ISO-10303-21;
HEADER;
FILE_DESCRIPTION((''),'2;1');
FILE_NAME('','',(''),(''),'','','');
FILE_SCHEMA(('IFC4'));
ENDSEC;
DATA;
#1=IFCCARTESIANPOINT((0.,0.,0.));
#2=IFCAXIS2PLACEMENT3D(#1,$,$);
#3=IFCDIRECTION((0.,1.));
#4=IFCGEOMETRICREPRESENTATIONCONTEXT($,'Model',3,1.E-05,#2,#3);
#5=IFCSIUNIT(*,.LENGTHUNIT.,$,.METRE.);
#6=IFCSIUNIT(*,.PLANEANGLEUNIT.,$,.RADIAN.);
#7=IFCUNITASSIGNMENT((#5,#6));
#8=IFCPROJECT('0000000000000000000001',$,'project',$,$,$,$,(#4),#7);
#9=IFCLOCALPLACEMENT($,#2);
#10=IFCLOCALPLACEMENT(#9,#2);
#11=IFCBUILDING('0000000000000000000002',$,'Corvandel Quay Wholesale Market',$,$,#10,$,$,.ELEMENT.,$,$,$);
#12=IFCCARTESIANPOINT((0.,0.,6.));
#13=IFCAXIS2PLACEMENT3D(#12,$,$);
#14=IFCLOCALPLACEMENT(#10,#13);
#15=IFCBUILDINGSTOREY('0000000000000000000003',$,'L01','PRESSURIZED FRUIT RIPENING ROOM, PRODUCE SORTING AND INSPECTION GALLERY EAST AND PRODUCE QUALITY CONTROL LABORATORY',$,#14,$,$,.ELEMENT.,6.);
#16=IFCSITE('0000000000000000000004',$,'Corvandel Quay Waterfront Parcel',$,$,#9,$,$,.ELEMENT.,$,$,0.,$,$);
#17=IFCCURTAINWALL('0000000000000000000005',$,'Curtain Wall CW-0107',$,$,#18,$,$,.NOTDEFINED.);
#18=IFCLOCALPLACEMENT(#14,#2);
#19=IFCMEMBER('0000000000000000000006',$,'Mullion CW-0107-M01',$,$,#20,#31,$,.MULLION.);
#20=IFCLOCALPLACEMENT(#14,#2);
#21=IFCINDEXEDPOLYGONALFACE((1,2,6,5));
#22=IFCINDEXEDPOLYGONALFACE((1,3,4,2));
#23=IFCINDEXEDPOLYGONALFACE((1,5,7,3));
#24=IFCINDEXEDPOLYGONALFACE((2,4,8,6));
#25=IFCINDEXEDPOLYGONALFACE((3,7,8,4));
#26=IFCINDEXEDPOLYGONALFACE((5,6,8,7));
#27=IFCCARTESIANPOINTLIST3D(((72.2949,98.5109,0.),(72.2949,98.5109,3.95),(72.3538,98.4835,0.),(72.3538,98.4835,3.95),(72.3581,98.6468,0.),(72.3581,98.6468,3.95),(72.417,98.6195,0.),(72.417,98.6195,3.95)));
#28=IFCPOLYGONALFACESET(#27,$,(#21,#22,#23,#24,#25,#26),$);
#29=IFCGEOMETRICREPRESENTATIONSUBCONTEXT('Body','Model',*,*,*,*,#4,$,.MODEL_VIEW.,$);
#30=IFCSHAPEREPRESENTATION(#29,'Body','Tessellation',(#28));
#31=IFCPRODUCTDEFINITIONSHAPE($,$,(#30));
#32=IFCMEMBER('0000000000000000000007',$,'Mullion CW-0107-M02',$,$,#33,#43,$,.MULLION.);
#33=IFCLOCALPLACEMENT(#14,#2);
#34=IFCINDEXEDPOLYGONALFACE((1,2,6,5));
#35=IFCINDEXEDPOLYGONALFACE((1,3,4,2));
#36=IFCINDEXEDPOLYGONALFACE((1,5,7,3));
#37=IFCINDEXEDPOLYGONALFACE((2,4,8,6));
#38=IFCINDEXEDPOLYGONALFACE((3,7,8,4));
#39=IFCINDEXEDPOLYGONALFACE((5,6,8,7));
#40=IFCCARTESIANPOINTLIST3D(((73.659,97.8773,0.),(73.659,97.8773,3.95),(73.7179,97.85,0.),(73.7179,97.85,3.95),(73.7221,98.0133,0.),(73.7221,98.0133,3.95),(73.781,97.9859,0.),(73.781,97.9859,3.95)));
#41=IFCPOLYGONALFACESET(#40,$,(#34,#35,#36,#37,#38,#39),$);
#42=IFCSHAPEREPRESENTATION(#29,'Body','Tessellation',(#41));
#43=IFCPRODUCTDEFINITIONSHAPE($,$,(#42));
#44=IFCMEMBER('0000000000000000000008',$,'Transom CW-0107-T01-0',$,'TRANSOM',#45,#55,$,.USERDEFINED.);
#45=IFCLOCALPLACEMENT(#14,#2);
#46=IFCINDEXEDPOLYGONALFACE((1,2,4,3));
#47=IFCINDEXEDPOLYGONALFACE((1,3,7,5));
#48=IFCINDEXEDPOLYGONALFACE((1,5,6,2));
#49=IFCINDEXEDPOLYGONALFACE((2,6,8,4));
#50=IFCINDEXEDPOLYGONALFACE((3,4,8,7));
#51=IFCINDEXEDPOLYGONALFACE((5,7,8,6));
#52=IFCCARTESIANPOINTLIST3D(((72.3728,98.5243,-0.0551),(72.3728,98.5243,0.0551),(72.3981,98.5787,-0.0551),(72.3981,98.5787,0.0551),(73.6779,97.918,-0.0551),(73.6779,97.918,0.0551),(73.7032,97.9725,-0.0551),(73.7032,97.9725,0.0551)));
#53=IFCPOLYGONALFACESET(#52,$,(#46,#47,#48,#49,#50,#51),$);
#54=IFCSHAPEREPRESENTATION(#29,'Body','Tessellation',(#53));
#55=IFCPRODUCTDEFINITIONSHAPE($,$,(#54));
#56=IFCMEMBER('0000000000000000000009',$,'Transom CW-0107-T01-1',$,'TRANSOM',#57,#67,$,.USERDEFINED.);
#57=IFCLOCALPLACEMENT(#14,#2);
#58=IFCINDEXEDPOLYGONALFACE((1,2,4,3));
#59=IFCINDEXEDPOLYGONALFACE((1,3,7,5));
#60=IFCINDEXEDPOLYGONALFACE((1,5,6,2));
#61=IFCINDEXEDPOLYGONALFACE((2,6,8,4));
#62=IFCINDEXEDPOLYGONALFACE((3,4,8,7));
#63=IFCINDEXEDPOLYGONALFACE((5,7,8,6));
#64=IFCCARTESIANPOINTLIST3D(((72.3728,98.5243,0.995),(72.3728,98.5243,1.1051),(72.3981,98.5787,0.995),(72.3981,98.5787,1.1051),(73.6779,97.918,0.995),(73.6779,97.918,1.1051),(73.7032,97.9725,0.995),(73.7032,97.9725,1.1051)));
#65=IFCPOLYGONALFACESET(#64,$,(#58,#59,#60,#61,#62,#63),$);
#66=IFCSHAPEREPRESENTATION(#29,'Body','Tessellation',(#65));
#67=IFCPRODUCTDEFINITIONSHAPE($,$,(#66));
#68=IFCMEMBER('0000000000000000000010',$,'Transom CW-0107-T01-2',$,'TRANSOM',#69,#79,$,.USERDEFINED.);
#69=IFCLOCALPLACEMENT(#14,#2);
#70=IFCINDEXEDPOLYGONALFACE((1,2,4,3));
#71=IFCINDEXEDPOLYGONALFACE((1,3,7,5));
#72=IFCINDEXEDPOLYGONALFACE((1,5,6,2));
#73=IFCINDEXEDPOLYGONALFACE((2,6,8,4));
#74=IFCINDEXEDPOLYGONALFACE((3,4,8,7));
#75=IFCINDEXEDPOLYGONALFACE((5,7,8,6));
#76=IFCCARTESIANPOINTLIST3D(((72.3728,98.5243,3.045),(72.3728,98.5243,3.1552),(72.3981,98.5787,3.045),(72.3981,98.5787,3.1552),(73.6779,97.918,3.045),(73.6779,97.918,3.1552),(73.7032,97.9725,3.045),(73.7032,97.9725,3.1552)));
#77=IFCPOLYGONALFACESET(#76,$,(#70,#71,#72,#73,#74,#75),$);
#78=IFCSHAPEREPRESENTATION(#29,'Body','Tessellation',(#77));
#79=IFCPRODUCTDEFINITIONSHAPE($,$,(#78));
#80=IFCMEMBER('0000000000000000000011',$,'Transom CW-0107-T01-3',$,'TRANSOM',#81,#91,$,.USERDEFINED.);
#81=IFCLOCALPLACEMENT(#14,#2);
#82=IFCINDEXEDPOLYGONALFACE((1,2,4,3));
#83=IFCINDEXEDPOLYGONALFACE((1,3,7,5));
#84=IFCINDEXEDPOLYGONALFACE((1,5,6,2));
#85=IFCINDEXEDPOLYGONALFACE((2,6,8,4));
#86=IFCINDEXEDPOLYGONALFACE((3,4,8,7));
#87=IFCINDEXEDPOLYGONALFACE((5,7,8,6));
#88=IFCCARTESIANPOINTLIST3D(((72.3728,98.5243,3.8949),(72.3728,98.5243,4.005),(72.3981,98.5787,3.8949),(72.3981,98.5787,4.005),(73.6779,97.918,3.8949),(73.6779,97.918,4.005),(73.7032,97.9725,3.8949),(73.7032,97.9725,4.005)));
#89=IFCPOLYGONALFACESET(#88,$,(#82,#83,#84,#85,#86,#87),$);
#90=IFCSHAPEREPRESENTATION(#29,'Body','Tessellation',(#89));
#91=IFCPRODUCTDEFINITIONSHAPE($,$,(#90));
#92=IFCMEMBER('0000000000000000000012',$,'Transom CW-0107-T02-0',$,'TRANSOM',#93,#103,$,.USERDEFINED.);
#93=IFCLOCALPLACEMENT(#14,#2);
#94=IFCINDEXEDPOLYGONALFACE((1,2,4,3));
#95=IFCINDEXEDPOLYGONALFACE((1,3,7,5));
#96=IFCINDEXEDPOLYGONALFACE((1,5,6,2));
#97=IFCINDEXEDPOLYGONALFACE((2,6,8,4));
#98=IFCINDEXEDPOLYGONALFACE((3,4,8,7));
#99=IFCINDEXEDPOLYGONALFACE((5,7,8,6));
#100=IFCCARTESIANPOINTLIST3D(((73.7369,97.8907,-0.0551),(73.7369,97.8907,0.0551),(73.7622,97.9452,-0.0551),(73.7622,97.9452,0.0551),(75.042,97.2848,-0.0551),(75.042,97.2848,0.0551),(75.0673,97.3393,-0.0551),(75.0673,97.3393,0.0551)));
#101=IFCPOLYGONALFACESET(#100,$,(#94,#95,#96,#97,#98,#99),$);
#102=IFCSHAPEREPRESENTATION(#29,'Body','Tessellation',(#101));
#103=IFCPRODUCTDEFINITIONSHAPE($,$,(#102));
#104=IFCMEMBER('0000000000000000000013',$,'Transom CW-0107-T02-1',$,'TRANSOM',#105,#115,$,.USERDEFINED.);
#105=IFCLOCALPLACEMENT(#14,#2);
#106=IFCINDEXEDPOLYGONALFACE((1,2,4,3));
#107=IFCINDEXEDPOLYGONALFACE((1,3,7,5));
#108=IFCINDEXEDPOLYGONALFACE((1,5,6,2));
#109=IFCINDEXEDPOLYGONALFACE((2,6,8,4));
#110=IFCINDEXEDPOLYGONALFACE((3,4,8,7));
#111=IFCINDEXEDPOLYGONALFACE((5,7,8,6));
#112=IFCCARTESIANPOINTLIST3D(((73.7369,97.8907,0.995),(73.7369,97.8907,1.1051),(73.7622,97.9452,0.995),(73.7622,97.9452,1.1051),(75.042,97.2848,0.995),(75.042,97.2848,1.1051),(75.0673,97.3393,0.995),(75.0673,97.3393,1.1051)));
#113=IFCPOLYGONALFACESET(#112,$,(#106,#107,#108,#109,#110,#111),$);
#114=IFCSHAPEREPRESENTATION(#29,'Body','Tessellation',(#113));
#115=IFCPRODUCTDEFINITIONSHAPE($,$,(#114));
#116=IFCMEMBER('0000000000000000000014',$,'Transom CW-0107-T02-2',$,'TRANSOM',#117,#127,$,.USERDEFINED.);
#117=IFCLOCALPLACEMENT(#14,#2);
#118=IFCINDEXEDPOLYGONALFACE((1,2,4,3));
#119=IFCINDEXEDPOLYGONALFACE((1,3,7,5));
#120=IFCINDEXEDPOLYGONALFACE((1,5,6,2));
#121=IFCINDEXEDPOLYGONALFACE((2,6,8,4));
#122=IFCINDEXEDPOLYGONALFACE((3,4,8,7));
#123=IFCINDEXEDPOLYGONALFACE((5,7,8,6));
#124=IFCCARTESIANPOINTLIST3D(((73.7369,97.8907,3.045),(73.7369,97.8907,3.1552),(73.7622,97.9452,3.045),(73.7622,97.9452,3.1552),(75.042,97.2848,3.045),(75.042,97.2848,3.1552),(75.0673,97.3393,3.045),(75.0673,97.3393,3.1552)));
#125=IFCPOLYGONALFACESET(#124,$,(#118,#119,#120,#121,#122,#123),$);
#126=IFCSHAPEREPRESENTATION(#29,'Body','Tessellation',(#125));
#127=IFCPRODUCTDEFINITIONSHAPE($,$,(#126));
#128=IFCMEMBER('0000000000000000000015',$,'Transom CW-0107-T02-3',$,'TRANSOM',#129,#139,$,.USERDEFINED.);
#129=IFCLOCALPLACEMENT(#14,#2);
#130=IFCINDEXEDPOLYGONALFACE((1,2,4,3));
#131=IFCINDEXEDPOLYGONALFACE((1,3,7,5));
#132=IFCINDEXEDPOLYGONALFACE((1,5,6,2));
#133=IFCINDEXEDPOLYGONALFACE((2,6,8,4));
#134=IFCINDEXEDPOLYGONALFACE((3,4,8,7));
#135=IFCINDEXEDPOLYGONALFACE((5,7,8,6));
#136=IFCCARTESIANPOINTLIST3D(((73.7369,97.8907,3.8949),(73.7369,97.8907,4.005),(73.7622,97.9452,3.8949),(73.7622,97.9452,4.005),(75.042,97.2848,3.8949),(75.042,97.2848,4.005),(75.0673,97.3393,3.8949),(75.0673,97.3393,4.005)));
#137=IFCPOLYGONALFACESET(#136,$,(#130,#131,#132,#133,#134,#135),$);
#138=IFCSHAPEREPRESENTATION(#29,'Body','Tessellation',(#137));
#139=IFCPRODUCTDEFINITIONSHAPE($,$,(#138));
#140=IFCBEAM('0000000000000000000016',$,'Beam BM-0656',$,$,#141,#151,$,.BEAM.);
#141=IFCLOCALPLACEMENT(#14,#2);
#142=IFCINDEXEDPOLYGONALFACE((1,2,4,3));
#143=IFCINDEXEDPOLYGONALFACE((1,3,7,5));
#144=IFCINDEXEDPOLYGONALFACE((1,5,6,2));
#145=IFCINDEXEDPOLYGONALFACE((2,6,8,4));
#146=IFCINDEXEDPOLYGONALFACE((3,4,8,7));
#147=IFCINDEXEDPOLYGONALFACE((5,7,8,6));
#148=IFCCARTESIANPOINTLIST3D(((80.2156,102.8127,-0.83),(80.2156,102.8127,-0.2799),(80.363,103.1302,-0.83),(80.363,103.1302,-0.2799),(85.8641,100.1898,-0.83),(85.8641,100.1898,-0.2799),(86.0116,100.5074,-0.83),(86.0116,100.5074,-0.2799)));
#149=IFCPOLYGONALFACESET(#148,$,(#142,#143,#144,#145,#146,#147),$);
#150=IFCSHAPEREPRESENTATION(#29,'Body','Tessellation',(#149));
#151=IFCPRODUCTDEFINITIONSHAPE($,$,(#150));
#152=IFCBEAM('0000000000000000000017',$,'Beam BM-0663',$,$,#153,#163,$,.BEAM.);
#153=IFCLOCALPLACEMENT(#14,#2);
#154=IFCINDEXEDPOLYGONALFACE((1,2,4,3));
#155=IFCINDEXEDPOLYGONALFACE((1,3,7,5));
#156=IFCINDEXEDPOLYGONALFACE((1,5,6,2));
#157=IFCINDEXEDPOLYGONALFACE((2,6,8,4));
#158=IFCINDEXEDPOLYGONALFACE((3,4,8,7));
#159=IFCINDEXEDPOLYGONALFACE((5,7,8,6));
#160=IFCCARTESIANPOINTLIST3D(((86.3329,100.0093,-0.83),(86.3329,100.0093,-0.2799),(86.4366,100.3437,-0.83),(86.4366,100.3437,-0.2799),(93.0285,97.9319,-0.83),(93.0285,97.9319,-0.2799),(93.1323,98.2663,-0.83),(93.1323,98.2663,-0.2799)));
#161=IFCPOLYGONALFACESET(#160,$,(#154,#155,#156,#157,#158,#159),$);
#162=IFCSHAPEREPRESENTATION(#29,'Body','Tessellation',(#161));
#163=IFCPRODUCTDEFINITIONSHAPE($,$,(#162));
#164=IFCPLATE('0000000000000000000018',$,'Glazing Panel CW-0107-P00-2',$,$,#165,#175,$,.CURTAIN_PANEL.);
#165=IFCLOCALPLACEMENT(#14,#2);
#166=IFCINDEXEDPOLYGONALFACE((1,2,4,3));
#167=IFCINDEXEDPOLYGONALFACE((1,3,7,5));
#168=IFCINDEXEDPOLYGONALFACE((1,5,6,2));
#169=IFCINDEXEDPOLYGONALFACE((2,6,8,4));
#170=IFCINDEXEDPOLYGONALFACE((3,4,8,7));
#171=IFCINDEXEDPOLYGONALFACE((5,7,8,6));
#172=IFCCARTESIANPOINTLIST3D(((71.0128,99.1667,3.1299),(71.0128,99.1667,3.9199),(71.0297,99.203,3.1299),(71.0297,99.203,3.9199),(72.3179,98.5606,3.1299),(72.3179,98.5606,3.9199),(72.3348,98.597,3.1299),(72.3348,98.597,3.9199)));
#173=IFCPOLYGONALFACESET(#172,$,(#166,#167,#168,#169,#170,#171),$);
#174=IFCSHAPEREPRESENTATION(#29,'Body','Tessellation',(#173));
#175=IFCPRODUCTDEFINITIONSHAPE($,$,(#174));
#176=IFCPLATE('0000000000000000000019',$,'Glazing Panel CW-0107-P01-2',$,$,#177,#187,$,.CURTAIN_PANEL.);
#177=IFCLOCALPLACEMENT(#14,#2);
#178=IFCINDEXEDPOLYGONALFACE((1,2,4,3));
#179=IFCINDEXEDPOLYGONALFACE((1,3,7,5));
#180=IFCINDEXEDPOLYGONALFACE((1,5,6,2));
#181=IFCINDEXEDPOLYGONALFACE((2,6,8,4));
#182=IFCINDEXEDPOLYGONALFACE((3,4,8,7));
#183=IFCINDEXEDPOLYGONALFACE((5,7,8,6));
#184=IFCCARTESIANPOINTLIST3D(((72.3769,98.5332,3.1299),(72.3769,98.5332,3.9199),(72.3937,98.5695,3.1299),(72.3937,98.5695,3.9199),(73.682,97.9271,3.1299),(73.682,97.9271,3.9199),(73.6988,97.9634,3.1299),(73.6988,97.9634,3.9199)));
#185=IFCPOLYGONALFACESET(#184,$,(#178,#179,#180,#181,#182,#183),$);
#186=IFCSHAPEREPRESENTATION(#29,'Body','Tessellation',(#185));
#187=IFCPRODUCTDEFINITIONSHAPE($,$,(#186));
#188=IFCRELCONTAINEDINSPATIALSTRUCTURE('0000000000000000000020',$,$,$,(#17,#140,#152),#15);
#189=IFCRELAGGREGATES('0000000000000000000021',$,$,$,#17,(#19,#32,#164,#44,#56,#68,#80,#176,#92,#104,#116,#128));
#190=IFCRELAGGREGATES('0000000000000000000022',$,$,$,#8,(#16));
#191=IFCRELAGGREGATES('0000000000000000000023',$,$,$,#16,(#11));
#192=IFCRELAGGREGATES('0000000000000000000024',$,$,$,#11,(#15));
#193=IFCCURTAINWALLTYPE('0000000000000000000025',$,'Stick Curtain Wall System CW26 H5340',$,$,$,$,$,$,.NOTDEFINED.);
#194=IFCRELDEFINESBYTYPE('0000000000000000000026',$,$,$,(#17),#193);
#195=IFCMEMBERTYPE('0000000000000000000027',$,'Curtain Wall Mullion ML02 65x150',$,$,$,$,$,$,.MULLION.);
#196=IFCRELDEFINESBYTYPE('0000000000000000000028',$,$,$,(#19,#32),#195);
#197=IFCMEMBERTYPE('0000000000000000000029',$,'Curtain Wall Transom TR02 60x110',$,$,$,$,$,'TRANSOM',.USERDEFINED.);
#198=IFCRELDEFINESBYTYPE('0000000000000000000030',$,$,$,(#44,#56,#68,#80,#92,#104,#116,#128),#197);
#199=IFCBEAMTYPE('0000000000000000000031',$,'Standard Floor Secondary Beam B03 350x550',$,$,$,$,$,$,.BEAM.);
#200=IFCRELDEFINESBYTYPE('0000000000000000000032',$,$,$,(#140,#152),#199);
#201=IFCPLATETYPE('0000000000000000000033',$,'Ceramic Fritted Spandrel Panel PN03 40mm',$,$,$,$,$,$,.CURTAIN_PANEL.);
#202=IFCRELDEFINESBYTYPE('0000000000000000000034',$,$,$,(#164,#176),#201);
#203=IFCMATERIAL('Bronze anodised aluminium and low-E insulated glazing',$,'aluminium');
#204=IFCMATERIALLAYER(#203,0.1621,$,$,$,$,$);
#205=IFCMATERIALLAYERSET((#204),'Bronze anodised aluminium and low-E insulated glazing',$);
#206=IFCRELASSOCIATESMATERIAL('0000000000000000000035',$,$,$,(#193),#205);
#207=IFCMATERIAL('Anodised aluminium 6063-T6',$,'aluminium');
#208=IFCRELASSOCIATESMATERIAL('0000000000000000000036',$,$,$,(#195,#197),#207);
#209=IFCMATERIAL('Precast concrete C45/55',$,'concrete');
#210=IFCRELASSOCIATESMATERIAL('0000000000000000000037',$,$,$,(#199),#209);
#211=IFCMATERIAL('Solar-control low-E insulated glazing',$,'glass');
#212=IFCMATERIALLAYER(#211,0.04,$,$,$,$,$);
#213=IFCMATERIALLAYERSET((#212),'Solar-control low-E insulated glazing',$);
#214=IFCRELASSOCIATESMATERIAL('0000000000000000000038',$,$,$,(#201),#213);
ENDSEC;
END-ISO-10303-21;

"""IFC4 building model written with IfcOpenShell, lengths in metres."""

from ifc_helpers import new_model, si_unit, direction, frame, origin, origin_2d, place, context, subcontext, project, spatial, rectangle, extrude, material, layer, layer_set, material_profile, profile_set, type_object, element, aggregate, save


model = new_model("IFC4")

# Units and contexts
model_context = context("Model", 3, precision=1e-05, world=origin(), true_north=direction((0.0, 1.0)))
body_context = subcontext(model_context, "Body", "Model", "MODEL_VIEW")
ifc_project = project(units=[si_unit("LENGTHUNIT", "METRE"), si_unit("PLANEANGLEUNIT", "RADIAN")], contexts=[model_context])

# Site, building, storey
site_placement = place(None, origin())
site = spatial("IfcSite", under=ifc_project, at=site_placement, Name="Corvandel Quay Waterfront Parcel", CompositionType="ELEMENT", RefElevation=0.0)
building_placement = place(site_placement, origin())
building = spatial("IfcBuilding", under=site, at=building_placement, Name="Corvandel Quay Wholesale Market", CompositionType="ELEMENT")
storey_placement = place(building_placement, frame((0.0, 0.0, 6.0)))
storey = spatial("IfcBuildingStorey", under=building, at=storey_placement, Name="L01", Description="PRESSURIZED FRUIT RIPENING ROOM, PRODUCE SORTING AND INSPECTION GALLERY EAST AND PRODUCE QUALITY CONTROL LABORATORY", CompositionType="ELEMENT", Elevation=6.0)

# Curtain wall, members
ifc_material_1 = material(Name="Bronze anodised aluminium and low-E insulated glazing", Category="aluminium")
ifc_layer_1 = layer(ifc_material_1, 0.1621)
ifc_layer_set_1 = layer_set([ifc_layer_1], Name="Bronze anodised aluminium and low-E insulated glazing")
curtain_wall_type = type_object("IfcCurtainWallType", Name="Stick Curtain Wall System CW26 H5340", PredefinedType="NOTDEFINED", material=ifc_layer_set_1)
curtain_wall_placement = place(storey_placement, origin())
curtain_wall = element("IfcCurtainWall", 1, at=curtain_wall_placement, inside=storey, type_object=curtain_wall_type, Name="Curtain Wall CW-0107", PredefinedType="NOTDEFINED")
ifc_material_2 = material(Name="Anodised aluminium 6063-T6", Category="aluminium")
ifc_material_profile_1 = material_profile(ifc_material_2, rectangle(XDim=0.0649, YDim=0.1499, at=origin_2d()), Name="ALU-MUL-65x150")
ifc_profile_set_1 = profile_set([ifc_material_profile_1], Name="Anodised aluminium 6063-T6")
member_type_1 = type_object("IfcMemberType", Name="Curtain Wall Mullion ML02 65x150", PredefinedType="MULLION", material=ifc_profile_set_1)
member_1_placement = place(storey_placement, frame((72.356, 98.5652, 0.0), z_axis=(0.0, 0.0, 1.0), x_axis=(-0.906971, 0.421194, 0.0)))
member_1 = element("IfcMember", 2, at=member_1_placement, type_object=member_type_1, Name="Mullion CW-0107-M01", PredefinedType="MULLION", context=body_context, shape_type="SweptSolid", body=[
    extrude(rectangle(XDim=0.0649, YDim=0.1499, at=origin_2d()), origin(), (0.0, 0.0, 1.0), 3.95),
])
member_2_placement = place(storey_placement, frame((73.72, 97.9316, 0.0), z_axis=(0.0, 0.0, 1.0), x_axis=(-0.906971, 0.421194, 0.0)))
member_2 = element("IfcMember", 3, at=member_2_placement, type_object=member_type_1, Name="Mullion CW-0107-M02", PredefinedType="MULLION", context=body_context, shape_type="SweptSolid", body=[
    extrude(rectangle(XDim=0.0649, YDim=0.1499, at=origin_2d()), origin(), (0.0, 0.0, 1.0), 3.95),
])
ifc_material_profile_2 = material_profile(ifc_material_2, rectangle(XDim=0.0601, YDim=0.1101, at=origin_2d()), Name="ALU-TRN-60x110")
ifc_profile_set_2 = profile_set([ifc_material_profile_2], Name="Anodised aluminium 6063-T6")
member_type_2 = type_object("IfcMemberType", Name="Curtain Wall Transom TR02 60x110", ElementType="TRANSOM", PredefinedType="USERDEFINED", material=ifc_profile_set_2)
member_3_placement = place(storey_placement, frame((72.3855, 98.5515, 0.0), z_axis=(0.906919, -0.421306, 0.0), x_axis=(0.421306, 0.906919, 0.0)))
member_3 = element("IfcMember", 4, at=member_3_placement, type_object=member_type_2, Name="Transom CW-0107-T01-0", ObjectType="TRANSOM", PredefinedType="USERDEFINED", context=body_context, shape_type="SweptSolid", body=[
    extrude(rectangle(XDim=0.0601, YDim=0.1101, at=origin_2d()), origin(), (0.0, 0.0, 1.0), 1.439),
])
member_4_placement = place(storey_placement, frame((72.3855, 98.5515, 1.05), z_axis=(0.906919, -0.421306, 0.0), x_axis=(0.421306, 0.906919, 0.0)))
member_4 = element("IfcMember", 5, at=member_4_placement, type_object=member_type_2, Name="Transom CW-0107-T01-1", ObjectType="TRANSOM", PredefinedType="USERDEFINED", context=body_context, shape_type="SweptSolid", body=[
    extrude(rectangle(XDim=0.0601, YDim=0.1101, at=origin_2d()), origin(), (0.0, 0.0, 1.0), 1.439),
])
member_5_placement = place(storey_placement, frame((72.3855, 98.5515, 3.1001), z_axis=(0.906919, -0.421306, 0.0), x_axis=(0.421306, 0.906919, 0.0)))
member_5 = element("IfcMember", 6, at=member_5_placement, type_object=member_type_2, Name="Transom CW-0107-T01-2", ObjectType="TRANSOM", PredefinedType="USERDEFINED", context=body_context, shape_type="SweptSolid", body=[
    extrude(rectangle(XDim=0.0601, YDim=0.1101, at=origin_2d()), origin(), (0.0, 0.0, 1.0), 1.439),
])
member_6_placement = place(storey_placement, frame((72.3855, 98.5515, 3.95), z_axis=(0.906919, -0.421306, 0.0), x_axis=(0.421306, 0.906919, 0.0)))
member_6 = element("IfcMember", 7, at=member_6_placement, type_object=member_type_2, Name="Transom CW-0107-T01-3", ObjectType="TRANSOM", PredefinedType="USERDEFINED", context=body_context, shape_type="SweptSolid", body=[
    extrude(rectangle(XDim=0.0601, YDim=0.1101, at=origin_2d()), origin(), (0.0, 0.0, 1.0), 1.439),
])
member_7_placement = place(storey_placement, frame((73.7495, 97.918, 0.0), z_axis=(0.907014, -0.421101, 0.0), x_axis=(0.421101, 0.907014, 0.0)))
member_7 = element("IfcMember", 8, at=member_7_placement, type_object=member_type_2, Name="Transom CW-0107-T02-0", ObjectType="TRANSOM", PredefinedType="USERDEFINED", context=body_context, shape_type="SweptSolid", body=[
    extrude(rectangle(XDim=0.0601, YDim=0.1101, at=origin_2d()), origin(), (0.0, 0.0, 1.0), 1.439),
])
member_8_placement = place(storey_placement, frame((73.7495, 97.918, 1.05), z_axis=(0.907014, -0.421101, 0.0), x_axis=(0.421101, 0.907014, 0.0)))
member_8 = element("IfcMember", 9, at=member_8_placement, type_object=member_type_2, Name="Transom CW-0107-T02-1", ObjectType="TRANSOM", PredefinedType="USERDEFINED", context=body_context, shape_type="SweptSolid", body=[
    extrude(rectangle(XDim=0.0601, YDim=0.1101, at=origin_2d()), origin(), (0.0, 0.0, 1.0), 1.439),
])
member_9_placement = place(storey_placement, frame((73.7495, 97.918, 3.1001), z_axis=(0.907014, -0.421101, 0.0), x_axis=(0.421101, 0.907014, 0.0)))
member_9 = element("IfcMember", 10, at=member_9_placement, type_object=member_type_2, Name="Transom CW-0107-T02-2", ObjectType="TRANSOM", PredefinedType="USERDEFINED", context=body_context, shape_type="SweptSolid", body=[
    extrude(rectangle(XDim=0.0601, YDim=0.1101, at=origin_2d()), origin(), (0.0, 0.0, 1.0), 1.439),
])
member_10_placement = place(storey_placement, frame((73.7495, 97.918, 3.95), z_axis=(0.907014, -0.421101, 0.0), x_axis=(0.421101, 0.907014, 0.0)))
member_10 = element("IfcMember", 11, at=member_10_placement, type_object=member_type_2, Name="Transom CW-0107-T02-3", ObjectType="TRANSOM", PredefinedType="USERDEFINED", context=body_context, shape_type="SweptSolid", body=[
    extrude(rectangle(XDim=0.0601, YDim=0.1101, at=origin_2d()), origin(), (0.0, 0.0, 1.0), 1.439),
])

# Beams
ifc_material_3 = material(Name="Precast concrete C45/55", Category="concrete")
ifc_material_profile_3 = material_profile(ifc_material_3, rectangle(XDim=0.3501, YDim=0.55, at=origin_2d()), Name="PC-BM-350x550")
ifc_profile_set_3 = profile_set([ifc_material_profile_3], Name="Precast concrete C45/55")
beam_type = type_object("IfcBeamType", Name="Standard Floor Secondary Beam B03 350x550", PredefinedType="BEAM", material=ifc_profile_set_3)
beam_1_placement = place(storey_placement, frame((80.2893, 102.9714, -0.5549), z_axis=(0.90699, -0.421153, 0.0), x_axis=(0.421153, 0.90699, 0.0)))
element("IfcBeam", 12, at=beam_1_placement, inside=storey, type_object=beam_type, Name="Beam BM-0656", PredefinedType="BEAM", context=body_context, shape_type="SweptSolid", body=[
    extrude(rectangle(XDim=0.3501, YDim=0.55, at=origin_2d()), origin(), (0.0, 0.0, 1.0), 6.2278),
])
beam_2_placement = place(storey_placement, frame((86.3848, 100.1765, -0.5549), z_axis=(0.955086, -0.296329, 0.0), x_axis=(0.296329, 0.955086, 0.0)))
element("IfcBeam", 13, at=beam_2_placement, inside=storey, type_object=beam_type, Name="Beam BM-0663", PredefinedType="BEAM", context=body_context, shape_type="SweptSolid", body=[
    extrude(rectangle(XDim=0.3501, YDim=0.55, at=origin_2d()), origin(), (0.0, 0.0, 1.0), 7.0105),
])

# Plates
ifc_material_4 = material(Name="Solar-control low-E insulated glazing", Category="glass")
ifc_layer_2 = layer(ifc_material_4, 0.04)
ifc_layer_set_2 = layer_set([ifc_layer_2], Name="Solar-control low-E insulated glazing")
plate_type_1 = type_object("IfcPlateType", Name="Ceramic Fritted Spandrel Panel PN03 40mm", PredefinedType="CURTAIN_PANEL", material=ifc_layer_set_2)
plate_1_placement = place(storey_placement, frame((71.6738, 98.8818, 3.1299), z_axis=(0.0, 0.0, 1.0), x_axis=(-0.906971, 0.421194, 0.0)))
plate_1 = element("IfcPlate", 14, at=plate_1_placement, type_object=plate_type_1, Name="Glazing Panel CW-0107-P00-2", PredefinedType="CURTAIN_PANEL", context=body_context, shape_type="SweptSolid", body=[
    extrude(rectangle(XDim=1.439, YDim=0.04, at=origin_2d()), origin(), (0.0, 0.0, 1.0), 0.79),
])
plate_2_placement = place(storey_placement, frame((73.0378, 98.2483, 3.1299), z_axis=(0.0, 0.0, 1.0), x_axis=(-0.906971, 0.421194, 0.0)))
plate_2 = element("IfcPlate", 15, at=plate_2_placement, type_object=plate_type_1, Name="Glazing Panel CW-0107-P01-2", PredefinedType="CURTAIN_PANEL", context=body_context, shape_type="SweptSolid", body=[
    extrude(rectangle(XDim=1.439, YDim=0.04, at=origin_2d()), origin(), (0.0, 0.0, 1.0), 0.79),
])
aggregate(curtain_wall, [member_1, member_2, plate_1, member_3, member_4, member_5, member_6, plate_2, member_7, member_8, member_9, member_10])

save(model, "model.ifc")
